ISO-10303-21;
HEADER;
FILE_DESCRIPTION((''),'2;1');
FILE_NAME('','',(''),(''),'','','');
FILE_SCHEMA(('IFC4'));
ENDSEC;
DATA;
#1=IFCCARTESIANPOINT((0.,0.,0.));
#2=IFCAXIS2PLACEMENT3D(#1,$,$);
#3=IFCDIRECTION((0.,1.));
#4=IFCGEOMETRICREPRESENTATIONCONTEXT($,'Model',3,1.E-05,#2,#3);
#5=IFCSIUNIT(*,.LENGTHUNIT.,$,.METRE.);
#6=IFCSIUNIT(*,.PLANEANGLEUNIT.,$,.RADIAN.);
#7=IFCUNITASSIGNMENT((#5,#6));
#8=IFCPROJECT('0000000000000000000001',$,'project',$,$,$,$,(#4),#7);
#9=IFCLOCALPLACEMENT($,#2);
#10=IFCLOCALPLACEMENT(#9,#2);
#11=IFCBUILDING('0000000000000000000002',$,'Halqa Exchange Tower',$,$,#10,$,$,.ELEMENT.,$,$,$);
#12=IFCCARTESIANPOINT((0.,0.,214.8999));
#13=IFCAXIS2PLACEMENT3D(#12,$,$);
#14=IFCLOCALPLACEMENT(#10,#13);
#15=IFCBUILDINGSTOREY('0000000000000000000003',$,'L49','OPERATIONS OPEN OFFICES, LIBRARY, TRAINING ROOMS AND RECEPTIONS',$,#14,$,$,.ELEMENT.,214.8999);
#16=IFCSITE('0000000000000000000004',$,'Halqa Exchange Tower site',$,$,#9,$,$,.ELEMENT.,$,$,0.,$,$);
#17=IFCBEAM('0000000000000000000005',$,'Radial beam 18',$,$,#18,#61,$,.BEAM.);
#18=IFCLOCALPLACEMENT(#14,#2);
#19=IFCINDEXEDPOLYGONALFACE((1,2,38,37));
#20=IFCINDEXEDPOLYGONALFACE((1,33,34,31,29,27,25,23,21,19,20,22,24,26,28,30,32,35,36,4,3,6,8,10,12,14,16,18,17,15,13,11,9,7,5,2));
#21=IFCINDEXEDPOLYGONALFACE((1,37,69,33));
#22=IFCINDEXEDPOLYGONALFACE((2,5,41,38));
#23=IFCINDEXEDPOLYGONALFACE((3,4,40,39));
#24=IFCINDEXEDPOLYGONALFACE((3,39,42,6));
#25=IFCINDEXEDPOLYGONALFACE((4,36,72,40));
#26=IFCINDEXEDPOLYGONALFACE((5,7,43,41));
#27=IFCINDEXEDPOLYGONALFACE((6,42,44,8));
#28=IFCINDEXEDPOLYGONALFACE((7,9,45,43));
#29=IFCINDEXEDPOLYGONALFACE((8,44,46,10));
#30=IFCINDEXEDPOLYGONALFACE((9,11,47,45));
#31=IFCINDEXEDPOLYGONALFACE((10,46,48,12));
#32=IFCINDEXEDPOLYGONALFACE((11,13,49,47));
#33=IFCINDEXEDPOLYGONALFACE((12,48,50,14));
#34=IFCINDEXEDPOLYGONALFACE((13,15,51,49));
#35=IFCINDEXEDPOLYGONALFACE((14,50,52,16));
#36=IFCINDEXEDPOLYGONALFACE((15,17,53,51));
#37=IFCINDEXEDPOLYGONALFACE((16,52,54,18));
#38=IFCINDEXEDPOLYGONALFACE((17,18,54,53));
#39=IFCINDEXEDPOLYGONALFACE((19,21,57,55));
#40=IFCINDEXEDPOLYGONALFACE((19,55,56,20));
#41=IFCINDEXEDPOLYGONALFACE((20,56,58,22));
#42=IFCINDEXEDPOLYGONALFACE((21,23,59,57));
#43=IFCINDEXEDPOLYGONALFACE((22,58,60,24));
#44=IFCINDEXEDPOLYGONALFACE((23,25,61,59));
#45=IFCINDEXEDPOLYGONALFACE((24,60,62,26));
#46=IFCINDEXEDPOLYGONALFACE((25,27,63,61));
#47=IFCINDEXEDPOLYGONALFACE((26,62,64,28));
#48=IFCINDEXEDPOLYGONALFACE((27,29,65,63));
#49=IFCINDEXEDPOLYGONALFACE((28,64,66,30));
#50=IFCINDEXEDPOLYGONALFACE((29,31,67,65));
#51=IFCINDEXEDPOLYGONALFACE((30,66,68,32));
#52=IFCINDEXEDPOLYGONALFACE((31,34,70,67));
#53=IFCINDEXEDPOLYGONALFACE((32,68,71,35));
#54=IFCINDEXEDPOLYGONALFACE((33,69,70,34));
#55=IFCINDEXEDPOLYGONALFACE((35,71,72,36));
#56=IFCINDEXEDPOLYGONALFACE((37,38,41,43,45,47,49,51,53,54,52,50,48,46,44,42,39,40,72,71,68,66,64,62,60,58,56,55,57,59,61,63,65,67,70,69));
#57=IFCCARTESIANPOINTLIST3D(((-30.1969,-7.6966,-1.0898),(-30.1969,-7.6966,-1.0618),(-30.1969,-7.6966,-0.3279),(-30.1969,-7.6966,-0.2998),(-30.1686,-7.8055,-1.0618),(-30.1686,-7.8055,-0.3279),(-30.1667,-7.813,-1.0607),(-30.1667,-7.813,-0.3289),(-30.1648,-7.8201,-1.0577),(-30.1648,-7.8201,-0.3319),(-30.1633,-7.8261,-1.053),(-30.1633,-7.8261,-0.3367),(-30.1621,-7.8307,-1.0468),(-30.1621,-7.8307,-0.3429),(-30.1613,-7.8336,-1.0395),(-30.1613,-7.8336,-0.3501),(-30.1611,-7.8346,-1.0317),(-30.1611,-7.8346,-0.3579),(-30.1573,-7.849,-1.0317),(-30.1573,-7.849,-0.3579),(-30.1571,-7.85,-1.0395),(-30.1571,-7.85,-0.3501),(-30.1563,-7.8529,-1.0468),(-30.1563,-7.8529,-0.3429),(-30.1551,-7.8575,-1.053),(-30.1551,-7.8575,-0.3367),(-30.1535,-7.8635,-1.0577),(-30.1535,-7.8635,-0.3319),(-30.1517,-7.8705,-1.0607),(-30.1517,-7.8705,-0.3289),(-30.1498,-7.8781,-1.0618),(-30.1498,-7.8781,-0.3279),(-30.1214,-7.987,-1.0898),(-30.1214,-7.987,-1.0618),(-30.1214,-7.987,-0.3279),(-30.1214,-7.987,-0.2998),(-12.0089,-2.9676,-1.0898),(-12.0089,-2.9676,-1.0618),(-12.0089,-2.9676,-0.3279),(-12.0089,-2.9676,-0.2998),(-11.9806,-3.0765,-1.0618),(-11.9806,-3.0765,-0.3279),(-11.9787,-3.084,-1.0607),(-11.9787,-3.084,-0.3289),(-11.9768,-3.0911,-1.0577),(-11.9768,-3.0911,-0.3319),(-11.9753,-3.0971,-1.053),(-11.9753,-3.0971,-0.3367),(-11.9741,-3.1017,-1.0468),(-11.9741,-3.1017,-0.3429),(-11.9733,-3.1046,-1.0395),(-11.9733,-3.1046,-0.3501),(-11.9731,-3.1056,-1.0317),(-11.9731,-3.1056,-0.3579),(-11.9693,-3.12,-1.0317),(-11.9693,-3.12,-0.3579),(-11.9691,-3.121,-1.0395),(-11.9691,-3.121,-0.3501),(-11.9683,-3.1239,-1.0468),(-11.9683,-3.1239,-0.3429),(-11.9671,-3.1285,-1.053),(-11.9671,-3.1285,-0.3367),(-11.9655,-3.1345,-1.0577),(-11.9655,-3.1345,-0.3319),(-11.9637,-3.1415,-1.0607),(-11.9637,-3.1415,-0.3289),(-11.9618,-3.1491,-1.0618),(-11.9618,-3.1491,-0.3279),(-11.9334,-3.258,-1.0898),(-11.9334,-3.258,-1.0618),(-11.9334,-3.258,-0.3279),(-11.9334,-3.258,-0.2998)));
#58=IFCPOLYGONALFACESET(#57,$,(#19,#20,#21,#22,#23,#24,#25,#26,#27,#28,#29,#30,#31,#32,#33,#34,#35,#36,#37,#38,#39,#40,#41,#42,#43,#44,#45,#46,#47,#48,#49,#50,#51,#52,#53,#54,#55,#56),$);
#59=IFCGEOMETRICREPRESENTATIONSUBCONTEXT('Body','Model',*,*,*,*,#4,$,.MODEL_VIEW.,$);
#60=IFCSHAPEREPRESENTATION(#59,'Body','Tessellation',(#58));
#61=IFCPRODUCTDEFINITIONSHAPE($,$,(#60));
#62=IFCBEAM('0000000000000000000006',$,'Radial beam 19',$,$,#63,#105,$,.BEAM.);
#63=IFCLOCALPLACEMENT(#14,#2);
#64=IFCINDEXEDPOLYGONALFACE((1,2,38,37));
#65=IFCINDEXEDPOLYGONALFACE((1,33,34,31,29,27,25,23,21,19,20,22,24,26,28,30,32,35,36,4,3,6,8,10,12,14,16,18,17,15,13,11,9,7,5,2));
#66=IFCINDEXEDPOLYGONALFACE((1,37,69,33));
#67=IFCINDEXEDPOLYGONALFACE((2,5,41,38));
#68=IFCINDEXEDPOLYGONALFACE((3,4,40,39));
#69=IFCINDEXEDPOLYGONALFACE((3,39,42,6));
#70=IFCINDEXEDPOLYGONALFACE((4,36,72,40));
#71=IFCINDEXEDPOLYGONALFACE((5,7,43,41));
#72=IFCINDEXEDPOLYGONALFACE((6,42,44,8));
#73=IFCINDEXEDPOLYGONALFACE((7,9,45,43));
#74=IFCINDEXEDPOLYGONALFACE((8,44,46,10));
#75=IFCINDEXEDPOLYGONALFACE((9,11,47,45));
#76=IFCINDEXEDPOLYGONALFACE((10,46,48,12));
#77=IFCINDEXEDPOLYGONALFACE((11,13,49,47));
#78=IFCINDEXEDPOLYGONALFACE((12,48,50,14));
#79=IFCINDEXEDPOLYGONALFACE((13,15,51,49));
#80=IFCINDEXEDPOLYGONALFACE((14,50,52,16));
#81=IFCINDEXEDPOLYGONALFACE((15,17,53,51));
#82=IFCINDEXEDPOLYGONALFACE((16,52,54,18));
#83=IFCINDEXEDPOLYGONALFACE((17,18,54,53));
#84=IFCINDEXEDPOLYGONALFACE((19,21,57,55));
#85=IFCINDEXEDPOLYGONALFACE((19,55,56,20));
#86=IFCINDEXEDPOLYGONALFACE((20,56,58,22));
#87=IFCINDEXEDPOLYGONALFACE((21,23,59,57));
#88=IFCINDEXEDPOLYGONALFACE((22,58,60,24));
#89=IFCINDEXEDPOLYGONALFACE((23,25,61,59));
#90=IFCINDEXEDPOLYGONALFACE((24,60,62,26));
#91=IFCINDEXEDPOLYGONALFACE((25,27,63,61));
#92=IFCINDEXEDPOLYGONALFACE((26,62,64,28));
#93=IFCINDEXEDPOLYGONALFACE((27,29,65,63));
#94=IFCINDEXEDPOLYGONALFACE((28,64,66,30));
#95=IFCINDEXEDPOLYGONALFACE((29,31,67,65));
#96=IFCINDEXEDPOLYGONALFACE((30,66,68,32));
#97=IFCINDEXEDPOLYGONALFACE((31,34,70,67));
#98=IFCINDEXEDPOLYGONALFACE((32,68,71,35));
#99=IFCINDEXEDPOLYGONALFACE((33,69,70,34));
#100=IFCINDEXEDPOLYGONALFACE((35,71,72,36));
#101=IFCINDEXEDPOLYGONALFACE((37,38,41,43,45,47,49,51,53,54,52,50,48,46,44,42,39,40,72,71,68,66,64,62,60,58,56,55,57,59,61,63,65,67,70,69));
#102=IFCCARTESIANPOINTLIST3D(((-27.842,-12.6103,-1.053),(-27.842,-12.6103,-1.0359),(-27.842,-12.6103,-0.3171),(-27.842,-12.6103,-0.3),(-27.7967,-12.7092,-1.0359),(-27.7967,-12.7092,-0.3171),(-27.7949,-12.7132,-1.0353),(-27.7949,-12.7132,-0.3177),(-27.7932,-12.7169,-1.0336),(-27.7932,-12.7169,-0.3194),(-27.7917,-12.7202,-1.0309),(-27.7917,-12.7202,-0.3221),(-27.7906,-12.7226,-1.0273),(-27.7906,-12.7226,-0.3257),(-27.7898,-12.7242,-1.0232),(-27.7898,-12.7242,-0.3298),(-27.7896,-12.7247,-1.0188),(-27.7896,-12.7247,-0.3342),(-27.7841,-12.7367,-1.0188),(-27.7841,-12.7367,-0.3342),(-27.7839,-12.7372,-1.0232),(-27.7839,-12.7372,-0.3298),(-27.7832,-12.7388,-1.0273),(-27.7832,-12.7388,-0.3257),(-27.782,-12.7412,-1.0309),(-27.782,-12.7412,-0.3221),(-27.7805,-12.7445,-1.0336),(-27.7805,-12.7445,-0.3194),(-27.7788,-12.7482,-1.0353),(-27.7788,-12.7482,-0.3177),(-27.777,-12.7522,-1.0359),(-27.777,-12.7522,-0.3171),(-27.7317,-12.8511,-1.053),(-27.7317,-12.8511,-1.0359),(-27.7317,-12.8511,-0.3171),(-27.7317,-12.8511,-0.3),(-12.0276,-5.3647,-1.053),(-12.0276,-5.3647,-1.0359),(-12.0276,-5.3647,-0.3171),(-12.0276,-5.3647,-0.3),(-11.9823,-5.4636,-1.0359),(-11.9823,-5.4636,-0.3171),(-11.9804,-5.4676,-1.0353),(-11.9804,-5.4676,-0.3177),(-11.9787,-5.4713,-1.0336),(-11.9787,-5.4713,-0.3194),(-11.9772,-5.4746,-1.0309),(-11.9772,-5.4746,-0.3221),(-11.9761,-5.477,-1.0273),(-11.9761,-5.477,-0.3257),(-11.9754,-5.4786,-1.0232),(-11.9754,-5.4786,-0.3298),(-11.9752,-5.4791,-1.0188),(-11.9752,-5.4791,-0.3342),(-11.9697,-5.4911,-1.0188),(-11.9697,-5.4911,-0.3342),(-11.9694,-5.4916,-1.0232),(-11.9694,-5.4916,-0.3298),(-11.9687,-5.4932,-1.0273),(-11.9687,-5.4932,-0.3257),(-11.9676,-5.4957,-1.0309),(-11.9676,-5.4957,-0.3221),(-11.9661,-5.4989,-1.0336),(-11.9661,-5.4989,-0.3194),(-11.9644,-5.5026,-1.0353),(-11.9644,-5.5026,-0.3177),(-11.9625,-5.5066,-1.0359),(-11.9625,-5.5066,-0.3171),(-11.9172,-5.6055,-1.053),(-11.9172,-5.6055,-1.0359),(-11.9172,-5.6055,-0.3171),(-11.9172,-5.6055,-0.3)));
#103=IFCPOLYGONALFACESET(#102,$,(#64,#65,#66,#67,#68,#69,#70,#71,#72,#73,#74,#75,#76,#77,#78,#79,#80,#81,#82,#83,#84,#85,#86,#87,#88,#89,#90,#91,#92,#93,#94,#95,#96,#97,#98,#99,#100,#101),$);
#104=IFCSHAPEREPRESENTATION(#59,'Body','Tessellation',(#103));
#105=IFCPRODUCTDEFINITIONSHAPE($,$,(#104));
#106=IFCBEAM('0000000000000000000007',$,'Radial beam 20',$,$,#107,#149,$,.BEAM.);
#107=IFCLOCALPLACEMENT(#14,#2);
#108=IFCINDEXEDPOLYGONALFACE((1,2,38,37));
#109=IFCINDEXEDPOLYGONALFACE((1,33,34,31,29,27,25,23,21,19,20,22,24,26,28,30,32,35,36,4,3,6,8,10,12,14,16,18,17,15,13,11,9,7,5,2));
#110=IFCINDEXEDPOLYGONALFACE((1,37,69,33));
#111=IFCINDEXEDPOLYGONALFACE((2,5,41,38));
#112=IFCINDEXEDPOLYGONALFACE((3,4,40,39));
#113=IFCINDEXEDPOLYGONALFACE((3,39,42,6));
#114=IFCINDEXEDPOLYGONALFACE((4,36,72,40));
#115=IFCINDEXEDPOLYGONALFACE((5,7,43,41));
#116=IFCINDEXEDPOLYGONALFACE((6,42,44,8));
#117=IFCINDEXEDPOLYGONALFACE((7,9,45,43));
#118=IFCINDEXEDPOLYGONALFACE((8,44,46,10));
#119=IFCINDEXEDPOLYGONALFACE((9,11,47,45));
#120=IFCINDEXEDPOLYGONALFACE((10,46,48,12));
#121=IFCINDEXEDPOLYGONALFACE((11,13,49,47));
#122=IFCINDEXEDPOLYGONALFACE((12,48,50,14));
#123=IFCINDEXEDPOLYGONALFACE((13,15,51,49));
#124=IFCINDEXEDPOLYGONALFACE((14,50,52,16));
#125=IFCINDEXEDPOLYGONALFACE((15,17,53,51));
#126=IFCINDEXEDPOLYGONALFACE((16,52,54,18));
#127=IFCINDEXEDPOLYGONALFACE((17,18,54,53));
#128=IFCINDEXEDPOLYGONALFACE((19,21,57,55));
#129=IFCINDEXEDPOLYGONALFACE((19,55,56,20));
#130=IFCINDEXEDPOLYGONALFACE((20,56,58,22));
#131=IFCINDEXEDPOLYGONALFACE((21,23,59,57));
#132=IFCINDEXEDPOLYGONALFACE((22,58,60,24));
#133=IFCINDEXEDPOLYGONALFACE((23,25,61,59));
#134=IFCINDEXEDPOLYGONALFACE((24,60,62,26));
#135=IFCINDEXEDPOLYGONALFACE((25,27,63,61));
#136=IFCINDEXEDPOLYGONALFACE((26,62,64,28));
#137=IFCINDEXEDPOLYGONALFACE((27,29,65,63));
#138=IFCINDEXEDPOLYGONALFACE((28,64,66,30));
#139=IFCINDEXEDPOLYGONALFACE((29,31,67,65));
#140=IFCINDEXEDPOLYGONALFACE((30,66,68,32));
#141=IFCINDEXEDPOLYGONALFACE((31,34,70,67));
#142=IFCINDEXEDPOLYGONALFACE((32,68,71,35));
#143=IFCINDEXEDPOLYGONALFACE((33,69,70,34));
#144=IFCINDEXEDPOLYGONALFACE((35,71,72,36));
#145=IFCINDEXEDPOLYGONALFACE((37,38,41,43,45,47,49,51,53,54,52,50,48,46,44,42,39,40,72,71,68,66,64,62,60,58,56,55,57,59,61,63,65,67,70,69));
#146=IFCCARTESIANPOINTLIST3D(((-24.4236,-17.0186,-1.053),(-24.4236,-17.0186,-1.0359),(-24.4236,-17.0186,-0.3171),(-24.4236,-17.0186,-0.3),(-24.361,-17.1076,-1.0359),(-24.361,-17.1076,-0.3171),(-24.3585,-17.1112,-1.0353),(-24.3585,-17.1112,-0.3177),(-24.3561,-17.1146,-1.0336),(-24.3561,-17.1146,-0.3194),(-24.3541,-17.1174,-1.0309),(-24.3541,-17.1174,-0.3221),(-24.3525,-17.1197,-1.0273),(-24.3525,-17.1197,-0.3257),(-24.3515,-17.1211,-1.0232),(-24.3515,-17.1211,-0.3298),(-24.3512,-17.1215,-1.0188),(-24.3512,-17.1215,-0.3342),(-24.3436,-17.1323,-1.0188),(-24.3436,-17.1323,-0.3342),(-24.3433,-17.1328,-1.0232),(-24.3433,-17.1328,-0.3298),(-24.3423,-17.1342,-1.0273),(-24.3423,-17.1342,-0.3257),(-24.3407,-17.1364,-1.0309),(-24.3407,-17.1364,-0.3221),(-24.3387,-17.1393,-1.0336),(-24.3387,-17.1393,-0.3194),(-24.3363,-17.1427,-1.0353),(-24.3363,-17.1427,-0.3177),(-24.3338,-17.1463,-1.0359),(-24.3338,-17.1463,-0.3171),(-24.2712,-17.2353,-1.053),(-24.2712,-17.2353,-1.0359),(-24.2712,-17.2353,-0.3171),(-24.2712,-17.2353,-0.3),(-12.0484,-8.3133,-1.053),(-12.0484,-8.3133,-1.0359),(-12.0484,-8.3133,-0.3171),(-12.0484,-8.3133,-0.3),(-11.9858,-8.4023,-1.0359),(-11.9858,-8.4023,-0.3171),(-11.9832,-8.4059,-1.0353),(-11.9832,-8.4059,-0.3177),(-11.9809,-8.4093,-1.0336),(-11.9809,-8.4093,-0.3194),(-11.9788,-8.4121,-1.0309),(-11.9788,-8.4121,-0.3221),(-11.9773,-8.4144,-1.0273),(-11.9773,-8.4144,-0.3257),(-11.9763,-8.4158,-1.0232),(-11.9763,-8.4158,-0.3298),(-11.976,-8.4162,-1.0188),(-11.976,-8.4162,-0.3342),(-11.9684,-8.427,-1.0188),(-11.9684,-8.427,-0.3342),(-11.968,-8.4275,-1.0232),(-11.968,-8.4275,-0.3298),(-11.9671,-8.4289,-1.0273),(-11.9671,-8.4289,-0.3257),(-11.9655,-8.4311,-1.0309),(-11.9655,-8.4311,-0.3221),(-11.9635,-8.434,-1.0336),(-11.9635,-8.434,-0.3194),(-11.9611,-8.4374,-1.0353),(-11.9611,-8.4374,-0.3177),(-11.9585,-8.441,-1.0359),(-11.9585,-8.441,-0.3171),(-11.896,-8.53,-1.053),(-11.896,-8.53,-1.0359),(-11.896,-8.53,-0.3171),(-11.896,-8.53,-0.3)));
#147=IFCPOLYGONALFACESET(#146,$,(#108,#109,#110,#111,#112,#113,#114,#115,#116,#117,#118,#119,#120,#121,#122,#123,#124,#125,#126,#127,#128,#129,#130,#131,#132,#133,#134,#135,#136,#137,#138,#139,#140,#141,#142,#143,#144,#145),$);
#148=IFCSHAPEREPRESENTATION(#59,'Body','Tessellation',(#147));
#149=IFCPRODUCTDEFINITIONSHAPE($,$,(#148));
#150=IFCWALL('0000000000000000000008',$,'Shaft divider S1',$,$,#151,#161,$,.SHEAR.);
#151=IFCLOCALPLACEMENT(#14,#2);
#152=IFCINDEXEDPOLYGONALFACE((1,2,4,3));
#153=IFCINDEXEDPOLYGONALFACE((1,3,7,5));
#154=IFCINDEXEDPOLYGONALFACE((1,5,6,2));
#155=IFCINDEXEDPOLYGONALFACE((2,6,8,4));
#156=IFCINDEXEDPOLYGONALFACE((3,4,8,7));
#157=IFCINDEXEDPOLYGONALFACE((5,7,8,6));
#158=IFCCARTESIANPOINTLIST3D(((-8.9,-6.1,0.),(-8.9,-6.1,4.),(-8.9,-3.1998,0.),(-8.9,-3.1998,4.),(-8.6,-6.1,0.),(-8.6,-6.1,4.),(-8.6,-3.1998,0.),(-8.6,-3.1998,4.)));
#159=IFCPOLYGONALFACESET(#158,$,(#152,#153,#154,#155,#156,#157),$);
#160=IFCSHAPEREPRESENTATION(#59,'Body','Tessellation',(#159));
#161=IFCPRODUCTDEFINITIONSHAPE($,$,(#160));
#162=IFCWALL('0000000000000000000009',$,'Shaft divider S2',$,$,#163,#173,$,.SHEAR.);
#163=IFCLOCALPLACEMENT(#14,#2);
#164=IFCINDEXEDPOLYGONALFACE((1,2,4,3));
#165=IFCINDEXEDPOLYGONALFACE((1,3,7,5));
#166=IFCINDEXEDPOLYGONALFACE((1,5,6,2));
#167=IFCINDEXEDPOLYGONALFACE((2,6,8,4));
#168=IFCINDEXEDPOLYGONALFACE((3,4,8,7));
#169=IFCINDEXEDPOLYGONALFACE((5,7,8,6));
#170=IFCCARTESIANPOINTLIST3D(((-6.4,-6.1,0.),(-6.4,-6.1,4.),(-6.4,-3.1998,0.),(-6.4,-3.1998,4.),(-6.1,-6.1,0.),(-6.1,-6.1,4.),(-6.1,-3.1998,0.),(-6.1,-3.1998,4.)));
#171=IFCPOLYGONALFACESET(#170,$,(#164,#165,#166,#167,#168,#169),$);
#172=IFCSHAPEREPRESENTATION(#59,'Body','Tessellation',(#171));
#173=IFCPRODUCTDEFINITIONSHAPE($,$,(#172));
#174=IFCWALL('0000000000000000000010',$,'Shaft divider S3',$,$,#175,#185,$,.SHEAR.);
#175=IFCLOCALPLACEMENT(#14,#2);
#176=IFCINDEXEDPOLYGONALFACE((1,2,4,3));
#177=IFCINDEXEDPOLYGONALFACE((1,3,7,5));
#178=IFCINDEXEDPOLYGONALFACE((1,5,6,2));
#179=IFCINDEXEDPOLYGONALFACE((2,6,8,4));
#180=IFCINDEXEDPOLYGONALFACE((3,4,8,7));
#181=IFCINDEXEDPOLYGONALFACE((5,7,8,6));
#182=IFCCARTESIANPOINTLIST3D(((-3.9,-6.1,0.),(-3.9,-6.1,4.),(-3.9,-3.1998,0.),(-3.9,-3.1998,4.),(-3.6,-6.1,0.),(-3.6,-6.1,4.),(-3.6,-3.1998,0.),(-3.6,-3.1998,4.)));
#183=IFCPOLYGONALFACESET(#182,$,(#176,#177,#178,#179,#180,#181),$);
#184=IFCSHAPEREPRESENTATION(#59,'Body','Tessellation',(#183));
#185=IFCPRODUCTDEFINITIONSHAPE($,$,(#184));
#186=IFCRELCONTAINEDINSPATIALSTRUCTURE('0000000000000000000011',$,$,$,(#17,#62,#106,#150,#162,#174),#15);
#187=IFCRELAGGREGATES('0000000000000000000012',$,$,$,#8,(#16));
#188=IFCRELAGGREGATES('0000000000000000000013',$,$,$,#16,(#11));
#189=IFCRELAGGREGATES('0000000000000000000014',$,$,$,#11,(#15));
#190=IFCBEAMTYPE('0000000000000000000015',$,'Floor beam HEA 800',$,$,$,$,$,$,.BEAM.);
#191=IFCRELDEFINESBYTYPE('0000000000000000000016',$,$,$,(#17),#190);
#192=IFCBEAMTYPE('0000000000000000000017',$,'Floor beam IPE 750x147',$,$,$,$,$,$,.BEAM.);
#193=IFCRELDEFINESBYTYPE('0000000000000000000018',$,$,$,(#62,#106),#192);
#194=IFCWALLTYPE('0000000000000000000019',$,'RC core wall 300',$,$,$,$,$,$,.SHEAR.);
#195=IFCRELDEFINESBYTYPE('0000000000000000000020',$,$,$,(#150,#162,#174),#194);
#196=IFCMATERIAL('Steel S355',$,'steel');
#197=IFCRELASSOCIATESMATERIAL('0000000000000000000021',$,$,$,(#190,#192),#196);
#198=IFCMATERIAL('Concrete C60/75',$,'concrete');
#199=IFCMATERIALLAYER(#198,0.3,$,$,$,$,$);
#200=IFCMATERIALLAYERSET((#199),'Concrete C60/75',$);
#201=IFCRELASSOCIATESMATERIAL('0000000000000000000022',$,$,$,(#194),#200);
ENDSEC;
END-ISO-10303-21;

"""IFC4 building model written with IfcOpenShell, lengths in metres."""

from ifc_helpers import new_model, si_unit, direction, frame, frame_2d, origin, origin_2d, place, context, subcontext, project, spatial, rectangle, i_section, extrude, material, layer, layer_set, material_profile, profile_set, type_object, element, save


model = new_model("IFC4")

# Units and contexts
model_context = context("Model", 3, precision=1e-05, world=origin(), true_north=direction((0.0, 1.0)))
body_context = subcontext(model_context, "Body", "Model", "MODEL_VIEW")
ifc_project = project(units=[si_unit("LENGTHUNIT", "METRE"), si_unit("PLANEANGLEUNIT", "RADIAN")], contexts=[model_context])

# Site, building, storey
site_placement = place(None, origin())
site = spatial("IfcSite", under=ifc_project, at=site_placement, Name="Halqa Exchange Tower site", CompositionType="ELEMENT", RefElevation=0.0)
building_placement = place(site_placement, origin())
building = spatial("IfcBuilding", under=site, at=building_placement, Name="Halqa Exchange Tower", CompositionType="ELEMENT")
storey_placement = place(building_placement, frame((0.0, 0.0, 214.8999)))
storey = spatial("IfcBuildingStorey", under=building, at=storey_placement, Name="L49", Description="OPERATIONS OPEN OFFICES, LIBRARY, TRAINING ROOMS AND RECEPTIONS", CompositionType="ELEMENT", Elevation=214.8999)

# Beams
ifc_material_1 = material(Name="Steel S355", Category="steel")
ifc_material_profile_1 = material_profile(ifc_material_1, i_section(OverallWidth=0.3, OverallDepth=0.79, WebThickness=0.0149, FlangeThickness=0.0281, FilletRadius=0.03, at=origin_2d()), Name="HEA 800")
ifc_profile_set_1 = profile_set([ifc_material_profile_1], Name="Steel S355")
beam_type_1 = type_object("IfcBeamType", Name="Floor beam HEA 800", PredefinedType="BEAM", material=ifc_profile_set_1)
beam_1_placement = place(storey_placement, frame((-11.9712, -3.1128, -0.6948), z_axis=(-0.967821, -0.25164, 0.0), x_axis=(0.25164, -0.967821, 0.0)))
element("IfcBeam", 1, at=beam_1_placement, inside=storey, type_object=beam_type_1, Name="Radial beam 18", PredefinedType="BEAM", context=body_context, shape_type="SweptSolid", body=[
    extrude(i_section(OverallWidth=0.3, OverallDepth=0.79, WebThickness=0.0149, FlangeThickness=0.0281, FilletRadius=0.03, at=origin_2d()), origin(), (0.0, 0.0, 1.0), 18.7927),
])
ifc_material_profile_2 = material_profile(ifc_material_1, i_section(OverallWidth=0.2649, OverallDepth=0.7529, WebThickness=0.0132, FlangeThickness=0.0171, FilletRadius=0.0171, at=origin_2d()), Name="IPE 750x147")
ifc_profile_set_2 = profile_set([ifc_material_profile_2], Name="Steel S355")
beam_type_2 = type_object("IfcBeamType", Name="Floor beam IPE 750x147", PredefinedType="BEAM", material=ifc_profile_set_2)
beam_2_placement = place(storey_placement, frame((-11.9724, -5.4851, -0.6765), z_axis=(-0.909123, -0.416527, 0.0), x_axis=(0.416527, -0.909123, 0.0)))
element("IfcBeam", 2, at=beam_2_placement, inside=storey, type_object=beam_type_2, Name="Radial beam 19", PredefinedType="BEAM", context=body_context, shape_type="SweptSolid", body=[
    extrude(i_section(OverallWidth=0.2649, OverallDepth=0.7529, WebThickness=0.0132, FlangeThickness=0.0171, FilletRadius=0.0171, at=origin_2d()), origin(), (0.0, 0.0, 1.0), 17.3953),
])
beam_3_placement = place(storey_placement, frame((-11.9722, -8.4216, -0.6765), z_axis=(-0.817905, -0.575353, 0.0), x_axis=(0.575353, -0.817905, 0.0)))
element("IfcBeam", 3, at=beam_3_placement, inside=storey, type_object=beam_type_2, Name="Radial beam 20", PredefinedType="BEAM", context=body_context, shape_type="SweptSolid", body=[
    extrude(i_section(OverallWidth=0.2649, OverallDepth=0.7529, WebThickness=0.0132, FlangeThickness=0.0171, FilletRadius=0.0171, at=origin_2d()), origin(), (0.0, 0.0, 1.0), 15.1304),
])

# Walls
ifc_material_2 = material(Name="Concrete C60/75", Category="concrete")
ifc_layer_1 = layer(ifc_material_2, 0.3)
ifc_layer_set_1 = layer_set([ifc_layer_1], Name="Concrete C60/75")
wall_type_1 = type_object("IfcWallType", Name="RC core wall 300", PredefinedType="SHEAR", material=ifc_layer_set_1)
for number, where, z_axis, x_axis, name in (
    (4, (-8.75, -6.1001, 0.0), (0.0, 0.0, 1.0), (0.0, 1.0, 0.0), "Shaft divider S1"),
    (5, (-6.25, -6.1001, 0.0), (0.0, 0.0, 1.0), (0.0, 1.0, 0.0), "Shaft divider S2"),
    (6, (-3.75, -6.1001, 0.0), (0.0, 0.0, 1.0), (0.0, 1.0, 0.0), "Shaft divider S3"),
):
    element("IfcWall", number, at=place(storey_placement, frame(where, z_axis=z_axis, x_axis=x_axis)), inside=storey, type_object=wall_type_1, Name=name, PredefinedType="SHEAR", context=body_context, shape_type="SweptSolid", body=[
        extrude(rectangle(XDim=2.9001, YDim=0.3, at=frame_2d((1.4502, 0.0))), origin(), (0.0, 0.0, 1.0), 4.0),
    ])

save(model, "model.ifc")
